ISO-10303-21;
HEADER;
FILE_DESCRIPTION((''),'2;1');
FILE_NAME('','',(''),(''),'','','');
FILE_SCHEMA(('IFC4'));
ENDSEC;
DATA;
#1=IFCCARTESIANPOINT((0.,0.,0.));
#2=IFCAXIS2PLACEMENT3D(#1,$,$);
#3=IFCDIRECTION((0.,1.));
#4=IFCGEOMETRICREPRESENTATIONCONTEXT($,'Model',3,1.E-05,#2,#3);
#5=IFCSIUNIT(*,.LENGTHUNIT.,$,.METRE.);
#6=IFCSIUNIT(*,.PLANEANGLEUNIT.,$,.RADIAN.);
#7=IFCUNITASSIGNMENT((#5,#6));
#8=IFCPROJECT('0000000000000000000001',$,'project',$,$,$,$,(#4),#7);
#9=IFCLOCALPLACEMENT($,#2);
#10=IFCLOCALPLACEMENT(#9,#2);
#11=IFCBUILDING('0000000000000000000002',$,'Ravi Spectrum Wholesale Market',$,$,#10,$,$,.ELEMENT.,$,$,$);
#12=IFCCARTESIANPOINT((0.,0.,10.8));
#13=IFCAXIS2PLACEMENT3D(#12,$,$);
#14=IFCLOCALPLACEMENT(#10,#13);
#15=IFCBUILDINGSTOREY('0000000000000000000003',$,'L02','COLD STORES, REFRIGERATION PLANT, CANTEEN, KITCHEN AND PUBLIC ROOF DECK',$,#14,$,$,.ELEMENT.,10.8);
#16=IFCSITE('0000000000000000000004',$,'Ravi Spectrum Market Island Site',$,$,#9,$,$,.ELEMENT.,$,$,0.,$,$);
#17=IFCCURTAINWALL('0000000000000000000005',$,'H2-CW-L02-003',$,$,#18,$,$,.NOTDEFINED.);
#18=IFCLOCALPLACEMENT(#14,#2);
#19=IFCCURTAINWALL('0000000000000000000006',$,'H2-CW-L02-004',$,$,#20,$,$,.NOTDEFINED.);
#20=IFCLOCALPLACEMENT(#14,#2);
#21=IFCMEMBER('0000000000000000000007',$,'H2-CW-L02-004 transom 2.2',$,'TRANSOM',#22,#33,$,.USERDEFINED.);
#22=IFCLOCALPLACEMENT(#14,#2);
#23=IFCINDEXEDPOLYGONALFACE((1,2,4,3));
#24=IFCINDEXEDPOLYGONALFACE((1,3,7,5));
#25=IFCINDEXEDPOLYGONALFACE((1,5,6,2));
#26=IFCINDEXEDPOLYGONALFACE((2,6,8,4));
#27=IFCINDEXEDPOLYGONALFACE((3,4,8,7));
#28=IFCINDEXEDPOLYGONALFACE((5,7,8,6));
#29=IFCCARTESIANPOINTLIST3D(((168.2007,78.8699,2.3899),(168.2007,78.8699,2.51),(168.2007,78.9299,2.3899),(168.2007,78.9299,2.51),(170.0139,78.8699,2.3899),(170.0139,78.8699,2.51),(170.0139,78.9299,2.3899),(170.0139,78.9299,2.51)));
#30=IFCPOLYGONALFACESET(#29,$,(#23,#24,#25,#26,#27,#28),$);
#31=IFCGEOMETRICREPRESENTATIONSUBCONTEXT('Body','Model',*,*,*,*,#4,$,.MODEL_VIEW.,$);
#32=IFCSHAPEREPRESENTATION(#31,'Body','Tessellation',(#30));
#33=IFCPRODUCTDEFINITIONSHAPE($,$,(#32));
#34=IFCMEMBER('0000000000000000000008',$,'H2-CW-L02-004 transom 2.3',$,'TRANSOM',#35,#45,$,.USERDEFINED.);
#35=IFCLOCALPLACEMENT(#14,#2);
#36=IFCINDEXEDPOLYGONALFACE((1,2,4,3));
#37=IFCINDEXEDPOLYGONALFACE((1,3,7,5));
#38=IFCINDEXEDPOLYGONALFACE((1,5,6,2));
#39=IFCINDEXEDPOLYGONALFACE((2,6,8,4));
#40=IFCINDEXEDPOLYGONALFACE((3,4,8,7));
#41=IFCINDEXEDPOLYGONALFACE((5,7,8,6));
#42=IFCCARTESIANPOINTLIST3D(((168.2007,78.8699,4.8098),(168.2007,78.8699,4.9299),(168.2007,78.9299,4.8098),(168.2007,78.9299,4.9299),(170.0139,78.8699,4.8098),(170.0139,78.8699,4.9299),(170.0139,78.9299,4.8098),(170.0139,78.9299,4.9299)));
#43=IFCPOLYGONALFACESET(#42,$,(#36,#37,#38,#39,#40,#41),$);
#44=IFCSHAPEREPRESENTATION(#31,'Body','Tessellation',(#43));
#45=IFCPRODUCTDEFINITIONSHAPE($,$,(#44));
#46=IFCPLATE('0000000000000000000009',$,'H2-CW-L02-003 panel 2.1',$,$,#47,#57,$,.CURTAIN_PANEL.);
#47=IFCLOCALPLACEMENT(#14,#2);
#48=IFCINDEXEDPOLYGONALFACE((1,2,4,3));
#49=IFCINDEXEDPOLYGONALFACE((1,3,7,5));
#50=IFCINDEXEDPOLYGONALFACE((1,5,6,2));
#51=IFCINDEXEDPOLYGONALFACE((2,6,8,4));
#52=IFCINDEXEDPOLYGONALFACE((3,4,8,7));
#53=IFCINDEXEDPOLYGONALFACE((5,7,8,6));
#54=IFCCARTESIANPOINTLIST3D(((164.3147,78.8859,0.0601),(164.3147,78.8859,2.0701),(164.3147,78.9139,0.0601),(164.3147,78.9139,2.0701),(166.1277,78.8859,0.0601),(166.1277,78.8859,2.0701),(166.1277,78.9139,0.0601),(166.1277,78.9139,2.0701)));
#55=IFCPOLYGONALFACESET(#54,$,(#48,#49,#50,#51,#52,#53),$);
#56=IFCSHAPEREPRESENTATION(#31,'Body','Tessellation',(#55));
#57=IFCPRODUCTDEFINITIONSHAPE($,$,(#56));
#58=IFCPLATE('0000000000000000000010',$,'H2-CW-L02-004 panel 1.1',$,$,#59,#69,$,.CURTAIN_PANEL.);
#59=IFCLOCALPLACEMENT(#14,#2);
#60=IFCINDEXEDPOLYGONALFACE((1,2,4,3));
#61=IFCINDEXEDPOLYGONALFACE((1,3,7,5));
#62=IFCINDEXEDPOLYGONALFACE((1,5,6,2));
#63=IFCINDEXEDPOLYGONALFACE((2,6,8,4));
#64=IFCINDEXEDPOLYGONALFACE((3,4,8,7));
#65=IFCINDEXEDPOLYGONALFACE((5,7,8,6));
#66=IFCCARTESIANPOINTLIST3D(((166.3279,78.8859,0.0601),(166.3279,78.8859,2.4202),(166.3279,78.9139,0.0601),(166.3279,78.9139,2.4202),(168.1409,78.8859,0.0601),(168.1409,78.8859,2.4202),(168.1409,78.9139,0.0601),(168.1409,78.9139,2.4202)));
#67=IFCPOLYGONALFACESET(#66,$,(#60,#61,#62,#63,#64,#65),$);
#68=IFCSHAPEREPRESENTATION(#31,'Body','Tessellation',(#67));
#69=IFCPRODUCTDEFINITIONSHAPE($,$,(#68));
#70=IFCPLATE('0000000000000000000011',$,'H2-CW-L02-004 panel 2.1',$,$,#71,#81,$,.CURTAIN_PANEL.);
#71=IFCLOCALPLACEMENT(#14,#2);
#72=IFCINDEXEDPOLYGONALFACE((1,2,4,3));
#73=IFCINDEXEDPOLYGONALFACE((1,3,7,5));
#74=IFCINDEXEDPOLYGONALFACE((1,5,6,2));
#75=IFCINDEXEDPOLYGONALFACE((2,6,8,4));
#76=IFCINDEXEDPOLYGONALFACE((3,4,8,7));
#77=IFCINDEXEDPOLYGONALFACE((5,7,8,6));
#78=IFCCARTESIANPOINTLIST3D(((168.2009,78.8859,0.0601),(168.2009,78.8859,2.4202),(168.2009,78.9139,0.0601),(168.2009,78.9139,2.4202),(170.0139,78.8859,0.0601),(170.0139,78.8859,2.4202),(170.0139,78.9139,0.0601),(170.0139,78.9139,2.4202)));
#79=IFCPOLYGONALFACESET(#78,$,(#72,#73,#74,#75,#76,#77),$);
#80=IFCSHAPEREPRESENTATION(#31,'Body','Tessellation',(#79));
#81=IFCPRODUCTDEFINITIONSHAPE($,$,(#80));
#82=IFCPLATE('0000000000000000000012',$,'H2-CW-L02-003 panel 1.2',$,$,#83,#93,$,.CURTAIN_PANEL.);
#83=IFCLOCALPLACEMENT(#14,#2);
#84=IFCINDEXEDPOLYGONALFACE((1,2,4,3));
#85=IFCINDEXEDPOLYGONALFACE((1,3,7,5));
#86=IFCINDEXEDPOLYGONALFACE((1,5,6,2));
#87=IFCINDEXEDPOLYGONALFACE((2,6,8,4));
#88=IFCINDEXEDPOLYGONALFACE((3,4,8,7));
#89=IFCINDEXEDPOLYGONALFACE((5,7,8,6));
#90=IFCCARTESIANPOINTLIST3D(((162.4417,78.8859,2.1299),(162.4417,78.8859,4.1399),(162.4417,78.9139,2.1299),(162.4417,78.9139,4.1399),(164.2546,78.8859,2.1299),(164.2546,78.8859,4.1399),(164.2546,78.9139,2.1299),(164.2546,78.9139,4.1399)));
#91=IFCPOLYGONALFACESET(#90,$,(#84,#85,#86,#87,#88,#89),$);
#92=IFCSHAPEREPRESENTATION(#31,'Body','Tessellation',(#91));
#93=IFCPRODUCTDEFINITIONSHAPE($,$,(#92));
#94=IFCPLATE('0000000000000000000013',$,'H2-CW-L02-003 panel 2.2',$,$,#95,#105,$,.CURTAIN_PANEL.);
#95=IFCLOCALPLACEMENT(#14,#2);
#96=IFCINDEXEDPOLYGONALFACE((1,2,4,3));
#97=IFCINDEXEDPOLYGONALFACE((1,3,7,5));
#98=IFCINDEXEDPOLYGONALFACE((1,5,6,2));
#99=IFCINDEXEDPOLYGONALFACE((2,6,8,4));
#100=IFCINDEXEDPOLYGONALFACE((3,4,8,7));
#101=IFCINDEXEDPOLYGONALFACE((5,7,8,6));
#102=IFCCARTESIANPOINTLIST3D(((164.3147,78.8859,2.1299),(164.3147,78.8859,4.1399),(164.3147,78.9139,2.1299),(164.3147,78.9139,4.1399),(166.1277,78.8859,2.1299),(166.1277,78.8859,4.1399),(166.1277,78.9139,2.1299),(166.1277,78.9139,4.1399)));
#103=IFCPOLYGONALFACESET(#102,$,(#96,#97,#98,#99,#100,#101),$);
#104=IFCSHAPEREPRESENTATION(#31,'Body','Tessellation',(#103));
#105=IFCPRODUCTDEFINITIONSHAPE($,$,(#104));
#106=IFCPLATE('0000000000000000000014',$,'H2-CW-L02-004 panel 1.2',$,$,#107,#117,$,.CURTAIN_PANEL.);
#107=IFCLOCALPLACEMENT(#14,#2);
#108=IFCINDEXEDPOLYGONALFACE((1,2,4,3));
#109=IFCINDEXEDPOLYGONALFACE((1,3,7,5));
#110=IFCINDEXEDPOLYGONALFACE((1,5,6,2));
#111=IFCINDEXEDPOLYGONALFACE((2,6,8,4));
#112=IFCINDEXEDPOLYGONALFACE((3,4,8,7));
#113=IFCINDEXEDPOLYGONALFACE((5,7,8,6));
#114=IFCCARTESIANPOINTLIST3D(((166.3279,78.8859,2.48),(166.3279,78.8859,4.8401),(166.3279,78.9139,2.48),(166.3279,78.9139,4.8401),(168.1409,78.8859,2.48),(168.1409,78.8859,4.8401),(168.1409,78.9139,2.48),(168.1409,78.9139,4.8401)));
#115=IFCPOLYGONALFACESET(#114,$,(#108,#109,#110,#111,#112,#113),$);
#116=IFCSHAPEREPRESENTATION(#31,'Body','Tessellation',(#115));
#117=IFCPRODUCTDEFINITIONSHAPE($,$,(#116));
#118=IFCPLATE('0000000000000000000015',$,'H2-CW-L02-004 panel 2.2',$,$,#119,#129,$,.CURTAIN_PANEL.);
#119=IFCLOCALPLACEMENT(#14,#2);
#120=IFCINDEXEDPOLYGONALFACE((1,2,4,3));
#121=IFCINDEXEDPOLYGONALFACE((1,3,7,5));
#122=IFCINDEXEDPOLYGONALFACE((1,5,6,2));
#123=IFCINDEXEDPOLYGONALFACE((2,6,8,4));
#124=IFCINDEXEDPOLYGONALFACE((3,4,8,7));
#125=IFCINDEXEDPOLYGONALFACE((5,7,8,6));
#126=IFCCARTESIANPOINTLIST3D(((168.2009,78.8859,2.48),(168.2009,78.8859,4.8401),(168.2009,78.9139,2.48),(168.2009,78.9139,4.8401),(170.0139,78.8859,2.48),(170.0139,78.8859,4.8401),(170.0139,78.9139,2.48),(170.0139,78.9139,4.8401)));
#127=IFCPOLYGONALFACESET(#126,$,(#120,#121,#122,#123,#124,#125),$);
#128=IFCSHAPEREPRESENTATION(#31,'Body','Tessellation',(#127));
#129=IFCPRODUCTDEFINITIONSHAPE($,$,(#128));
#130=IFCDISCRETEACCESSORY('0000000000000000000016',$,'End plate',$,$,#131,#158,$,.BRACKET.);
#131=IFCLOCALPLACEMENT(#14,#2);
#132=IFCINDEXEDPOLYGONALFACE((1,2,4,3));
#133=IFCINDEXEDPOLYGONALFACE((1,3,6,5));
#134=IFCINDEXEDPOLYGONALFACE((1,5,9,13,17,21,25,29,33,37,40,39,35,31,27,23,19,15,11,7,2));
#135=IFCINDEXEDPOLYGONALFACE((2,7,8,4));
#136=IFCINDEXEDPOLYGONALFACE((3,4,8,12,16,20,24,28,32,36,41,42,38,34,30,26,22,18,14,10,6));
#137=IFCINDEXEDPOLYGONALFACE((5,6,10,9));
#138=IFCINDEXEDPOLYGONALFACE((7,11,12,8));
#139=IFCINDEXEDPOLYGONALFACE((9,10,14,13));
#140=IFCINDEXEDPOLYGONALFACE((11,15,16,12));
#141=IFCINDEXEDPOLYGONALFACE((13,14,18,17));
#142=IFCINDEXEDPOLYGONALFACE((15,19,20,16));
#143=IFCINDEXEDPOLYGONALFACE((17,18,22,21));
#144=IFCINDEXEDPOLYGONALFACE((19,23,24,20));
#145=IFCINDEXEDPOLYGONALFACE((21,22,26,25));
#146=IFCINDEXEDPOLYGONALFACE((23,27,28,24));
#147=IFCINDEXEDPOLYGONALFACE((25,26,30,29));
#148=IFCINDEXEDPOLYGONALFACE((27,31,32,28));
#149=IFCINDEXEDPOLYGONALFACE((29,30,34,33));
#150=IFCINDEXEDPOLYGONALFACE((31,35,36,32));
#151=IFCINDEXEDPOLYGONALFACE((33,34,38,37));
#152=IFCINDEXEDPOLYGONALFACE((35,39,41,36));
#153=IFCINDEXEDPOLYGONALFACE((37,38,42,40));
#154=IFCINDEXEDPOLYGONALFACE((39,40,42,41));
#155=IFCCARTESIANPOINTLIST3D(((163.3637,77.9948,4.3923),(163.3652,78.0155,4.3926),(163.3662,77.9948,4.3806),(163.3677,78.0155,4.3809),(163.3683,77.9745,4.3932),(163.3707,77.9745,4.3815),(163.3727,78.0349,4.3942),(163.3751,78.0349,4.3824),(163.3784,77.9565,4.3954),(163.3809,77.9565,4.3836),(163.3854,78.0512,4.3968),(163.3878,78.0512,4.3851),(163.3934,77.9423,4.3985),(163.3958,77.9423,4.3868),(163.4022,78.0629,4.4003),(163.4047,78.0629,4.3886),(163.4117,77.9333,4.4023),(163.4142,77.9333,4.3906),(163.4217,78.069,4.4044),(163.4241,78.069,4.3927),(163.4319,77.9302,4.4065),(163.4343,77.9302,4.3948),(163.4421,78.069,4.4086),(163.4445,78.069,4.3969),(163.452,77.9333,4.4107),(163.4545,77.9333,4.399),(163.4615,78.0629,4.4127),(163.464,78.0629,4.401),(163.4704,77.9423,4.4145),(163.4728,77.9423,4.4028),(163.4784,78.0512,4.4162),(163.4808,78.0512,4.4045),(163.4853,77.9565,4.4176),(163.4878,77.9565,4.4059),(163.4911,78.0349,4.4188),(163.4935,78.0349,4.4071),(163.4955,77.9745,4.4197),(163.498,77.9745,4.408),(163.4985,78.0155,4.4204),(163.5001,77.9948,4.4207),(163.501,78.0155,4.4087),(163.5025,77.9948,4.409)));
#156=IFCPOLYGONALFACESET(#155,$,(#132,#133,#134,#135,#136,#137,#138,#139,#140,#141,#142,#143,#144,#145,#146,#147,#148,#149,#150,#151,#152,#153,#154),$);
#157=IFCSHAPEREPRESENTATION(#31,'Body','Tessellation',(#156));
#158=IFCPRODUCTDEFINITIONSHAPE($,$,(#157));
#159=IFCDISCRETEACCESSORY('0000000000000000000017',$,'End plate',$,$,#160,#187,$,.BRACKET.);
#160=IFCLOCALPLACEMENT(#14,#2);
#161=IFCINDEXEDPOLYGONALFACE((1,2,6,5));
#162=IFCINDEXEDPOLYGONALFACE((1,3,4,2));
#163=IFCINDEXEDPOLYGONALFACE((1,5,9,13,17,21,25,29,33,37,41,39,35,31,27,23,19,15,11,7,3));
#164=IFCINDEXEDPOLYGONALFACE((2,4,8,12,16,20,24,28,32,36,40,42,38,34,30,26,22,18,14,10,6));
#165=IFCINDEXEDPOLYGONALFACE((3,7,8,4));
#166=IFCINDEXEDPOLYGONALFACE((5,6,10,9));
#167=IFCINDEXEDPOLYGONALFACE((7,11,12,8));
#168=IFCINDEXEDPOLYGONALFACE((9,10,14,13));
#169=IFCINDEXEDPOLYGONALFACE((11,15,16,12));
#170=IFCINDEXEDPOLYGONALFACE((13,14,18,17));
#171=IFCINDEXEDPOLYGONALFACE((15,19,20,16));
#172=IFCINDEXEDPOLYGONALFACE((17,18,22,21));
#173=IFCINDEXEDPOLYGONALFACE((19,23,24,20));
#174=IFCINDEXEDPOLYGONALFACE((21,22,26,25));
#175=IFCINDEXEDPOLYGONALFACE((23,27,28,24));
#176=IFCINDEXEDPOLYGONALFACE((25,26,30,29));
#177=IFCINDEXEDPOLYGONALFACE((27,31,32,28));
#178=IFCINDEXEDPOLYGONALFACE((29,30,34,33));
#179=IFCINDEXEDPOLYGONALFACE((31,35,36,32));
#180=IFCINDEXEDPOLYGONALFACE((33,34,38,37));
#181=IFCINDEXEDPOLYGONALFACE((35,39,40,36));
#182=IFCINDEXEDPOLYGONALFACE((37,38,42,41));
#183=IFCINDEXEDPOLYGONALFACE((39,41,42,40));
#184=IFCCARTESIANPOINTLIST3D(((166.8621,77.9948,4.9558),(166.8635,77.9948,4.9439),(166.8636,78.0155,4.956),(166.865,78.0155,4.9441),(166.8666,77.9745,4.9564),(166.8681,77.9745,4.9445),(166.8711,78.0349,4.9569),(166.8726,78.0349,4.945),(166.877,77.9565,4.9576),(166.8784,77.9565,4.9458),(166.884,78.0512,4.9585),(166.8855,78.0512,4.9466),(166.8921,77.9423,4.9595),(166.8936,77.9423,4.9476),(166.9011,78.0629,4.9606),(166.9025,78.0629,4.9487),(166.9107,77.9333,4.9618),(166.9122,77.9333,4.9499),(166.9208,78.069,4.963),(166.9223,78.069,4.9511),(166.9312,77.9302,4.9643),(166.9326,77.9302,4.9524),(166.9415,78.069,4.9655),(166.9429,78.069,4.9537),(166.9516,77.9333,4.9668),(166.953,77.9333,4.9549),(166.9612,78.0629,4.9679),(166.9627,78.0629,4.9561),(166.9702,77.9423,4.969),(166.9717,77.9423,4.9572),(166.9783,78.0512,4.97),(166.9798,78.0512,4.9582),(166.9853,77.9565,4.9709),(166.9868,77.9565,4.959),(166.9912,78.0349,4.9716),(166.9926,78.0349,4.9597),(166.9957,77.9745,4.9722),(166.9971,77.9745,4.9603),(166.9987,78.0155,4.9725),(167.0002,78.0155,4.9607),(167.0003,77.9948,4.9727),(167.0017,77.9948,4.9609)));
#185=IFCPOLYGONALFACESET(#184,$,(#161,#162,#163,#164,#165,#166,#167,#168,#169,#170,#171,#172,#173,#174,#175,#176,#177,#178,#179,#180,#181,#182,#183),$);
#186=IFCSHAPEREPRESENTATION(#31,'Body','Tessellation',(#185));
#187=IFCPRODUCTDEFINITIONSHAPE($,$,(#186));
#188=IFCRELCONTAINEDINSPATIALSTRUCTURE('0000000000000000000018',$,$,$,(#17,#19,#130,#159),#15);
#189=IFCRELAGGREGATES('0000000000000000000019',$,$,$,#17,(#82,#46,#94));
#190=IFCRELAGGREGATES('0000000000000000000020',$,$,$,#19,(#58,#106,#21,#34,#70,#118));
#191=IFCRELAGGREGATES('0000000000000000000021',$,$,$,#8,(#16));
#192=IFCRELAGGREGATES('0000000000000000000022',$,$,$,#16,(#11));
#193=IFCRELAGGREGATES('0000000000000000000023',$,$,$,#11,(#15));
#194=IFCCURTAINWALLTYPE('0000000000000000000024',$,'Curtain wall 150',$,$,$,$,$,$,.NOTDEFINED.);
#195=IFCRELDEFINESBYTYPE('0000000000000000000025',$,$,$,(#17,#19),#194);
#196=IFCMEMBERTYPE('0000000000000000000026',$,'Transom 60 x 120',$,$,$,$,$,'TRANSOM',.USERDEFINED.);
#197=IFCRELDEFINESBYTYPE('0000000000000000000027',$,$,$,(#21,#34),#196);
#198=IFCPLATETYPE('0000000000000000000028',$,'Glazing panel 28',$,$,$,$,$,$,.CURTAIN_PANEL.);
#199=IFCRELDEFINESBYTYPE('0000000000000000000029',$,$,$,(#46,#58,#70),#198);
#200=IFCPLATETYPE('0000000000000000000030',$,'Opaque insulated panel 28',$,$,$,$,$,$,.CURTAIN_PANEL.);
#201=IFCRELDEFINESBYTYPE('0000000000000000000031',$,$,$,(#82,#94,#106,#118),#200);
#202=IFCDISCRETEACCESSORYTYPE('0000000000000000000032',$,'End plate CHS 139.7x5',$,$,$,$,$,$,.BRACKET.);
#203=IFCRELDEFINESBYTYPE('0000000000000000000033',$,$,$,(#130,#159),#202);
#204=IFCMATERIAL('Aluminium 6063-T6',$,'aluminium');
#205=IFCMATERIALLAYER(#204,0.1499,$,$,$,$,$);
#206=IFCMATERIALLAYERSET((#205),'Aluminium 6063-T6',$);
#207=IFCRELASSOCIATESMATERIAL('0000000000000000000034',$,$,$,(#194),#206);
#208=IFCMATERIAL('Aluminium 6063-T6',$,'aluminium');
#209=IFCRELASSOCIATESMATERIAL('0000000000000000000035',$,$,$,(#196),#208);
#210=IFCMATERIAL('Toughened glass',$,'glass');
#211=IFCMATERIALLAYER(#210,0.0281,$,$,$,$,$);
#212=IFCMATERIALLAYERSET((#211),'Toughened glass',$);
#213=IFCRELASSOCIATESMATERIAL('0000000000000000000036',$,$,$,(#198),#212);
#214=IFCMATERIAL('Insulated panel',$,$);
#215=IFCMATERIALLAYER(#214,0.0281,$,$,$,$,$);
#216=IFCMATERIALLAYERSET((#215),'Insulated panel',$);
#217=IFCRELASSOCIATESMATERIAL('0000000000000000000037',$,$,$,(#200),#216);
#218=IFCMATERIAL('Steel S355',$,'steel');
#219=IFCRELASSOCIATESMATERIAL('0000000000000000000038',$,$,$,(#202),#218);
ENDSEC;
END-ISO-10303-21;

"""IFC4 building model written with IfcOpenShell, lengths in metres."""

from ifc_helpers import new_model, si_unit, direction, frame, origin, origin_2d, place, context, subcontext, project, spatial, rectangle, circle, extrude, material, layer, layer_set, material_profile, profile_set, type_object, element, aggregate, save


model = new_model("IFC4")

# Units and contexts
model_context = context("Model", 3, precision=1e-05, world=origin(), true_north=direction((0.0, 1.0)))
body_context = subcontext(model_context, "Body", "Model", "MODEL_VIEW")
ifc_project = project(units=[si_unit("LENGTHUNIT", "METRE"), si_unit("PLANEANGLEUNIT", "RADIAN")], contexts=[model_context])

# Site, building, storey
site_placement = place(None, origin())
site = spatial("IfcSite", under=ifc_project, at=site_placement, Name="Ravi Spectrum Market Island Site", CompositionType="ELEMENT", RefElevation=0.0)
building_placement = place(site_placement, origin())
building = spatial("IfcBuilding", under=site, at=building_placement, Name="Ravi Spectrum Wholesale Market", CompositionType="ELEMENT")
storey_placement = place(building_placement, frame((0.0, 0.0, 10.8)))
storey = spatial("IfcBuildingStorey", under=building, at=storey_placement, Name="L02", Description="COLD STORES, REFRIGERATION PLANT, CANTEEN, KITCHEN AND PUBLIC ROOF DECK", CompositionType="ELEMENT", Elevation=10.8)

# Curtain walls
ifc_material_1 = material(Name="Aluminium 6063-T6", Category="aluminium")
ifc_layer_1 = layer(ifc_material_1, 0.1499)
ifc_layer_set_1 = layer_set([ifc_layer_1], Name="Aluminium 6063-T6")
curtain_wall_type = type_object("IfcCurtainWallType", Name="Curtain wall 150", PredefinedType="NOTDEFINED", material=ifc_layer_set_1)
curtain_wall_1_placement = place(storey_placement, origin())
curtain_wall_1 = element("IfcCurtainWall", 1, at=curtain_wall_1_placement, inside=storey, type_object=curtain_wall_type, Name="H2-CW-L02-003", PredefinedType="NOTDEFINED")
curtain_wall_2_placement = place(storey_placement, origin())
curtain_wall_2 = element("IfcCurtainWall", 2, at=curtain_wall_2_placement, inside=storey, type_object=curtain_wall_type, Name="H2-CW-L02-004", PredefinedType="NOTDEFINED")

# Members
ifc_material_2 = material(Name="Aluminium 6063-T6", Category="aluminium")
ifc_material_profile_1 = material_profile(ifc_material_2, rectangle(XDim=0.0601, YDim=0.1201, at=origin_2d()))
ifc_profile_set_1 = profile_set([ifc_material_profile_1], Name="Aluminium 6063-T6")
member_type_1 = type_object("IfcMemberType", Name="Transom 60 x 120", ElementType="TRANSOM", PredefinedType="USERDEFINED", material=ifc_profile_set_1)
member_1_placement = place(storey_placement, frame((168.2007, 78.8999, 2.45), z_axis=(1.0, 0.0, 0.0), x_axis=(0.0, 1.0, 0.0)))
member_1 = element("IfcMember", 3, at=member_1_placement, type_object=member_type_1, Name="H2-CW-L02-004 transom 2.2", ObjectType="TRANSOM", PredefinedType="USERDEFINED", context=body_context, shape_type="SweptSolid", body=[
    extrude(rectangle(XDim=0.0601, YDim=0.1201, at=origin_2d()), origin(), (0.0, 0.0, 1.0), 1.8132),
])
member_2_placement = place(storey_placement, frame((168.2007, 78.8999, 4.8699), z_axis=(1.0, 0.0, 0.0), x_axis=(0.0, 1.0, 0.0)))
member_2 = element("IfcMember", 4, at=member_2_placement, type_object=member_type_1, Name="H2-CW-L02-004 transom 2.3", ObjectType="TRANSOM", PredefinedType="USERDEFINED", context=body_context, shape_type="SweptSolid", body=[
    extrude(rectangle(XDim=0.0601, YDim=0.1201, at=origin_2d()), origin(), (0.0, 0.0, 1.0), 1.8132),
])

# Plates
ifc_material_3 = material(Name="Toughened glass", Category="glass")
ifc_layer_2 = layer(ifc_material_3, 0.0281)
ifc_layer_set_2 = layer_set([ifc_layer_2], Name="Toughened glass")
plate_type_1 = type_object("IfcPlateType", Name="Glazing panel 28", PredefinedType="CURTAIN_PANEL", material=ifc_layer_set_2)
plate_1_placement = place(storey_placement, frame((165.2212, 78.8999, 0.0601), z_axis=(0.0, 0.0, 1.0), x_axis=(1.0, 0.0, 0.0)))
plate_1 = element("IfcPlate", 5, at=plate_1_placement, type_object=plate_type_1, Name="H2-CW-L02-003 panel 2.1", PredefinedType="CURTAIN_PANEL", context=body_context, shape_type="SweptSolid", body=[
    extrude(rectangle(XDim=1.813, YDim=0.0281, at=origin_2d()), origin(), (0.0, 0.0, 1.0), 2.01),
])
plate_2_placement = place(storey_placement, frame((167.2344, 78.8999, 0.0601), z_axis=(0.0, 0.0, 1.0), x_axis=(1.0, 0.0, 0.0)))
plate_2 = element("IfcPlate", 6, at=plate_2_placement, type_object=plate_type_1, Name="H2-CW-L02-004 panel 1.1", PredefinedType="CURTAIN_PANEL", context=body_context, shape_type="SweptSolid", body=[
    extrude(rectangle(XDim=1.813, YDim=0.0281, at=origin_2d()), origin(), (0.0, 0.0, 1.0), 2.3601),
])
plate_3_placement = place(storey_placement, frame((169.1074, 78.8999, 0.0601), z_axis=(0.0, 0.0, 1.0), x_axis=(1.0, 0.0, 0.0)))
plate_3 = element("IfcPlate", 7, at=plate_3_placement, type_object=plate_type_1, Name="H2-CW-L02-004 panel 2.1", PredefinedType="CURTAIN_PANEL", context=body_context, shape_type="SweptSolid", body=[
    extrude(rectangle(XDim=1.813, YDim=0.0281, at=origin_2d()), origin(), (0.0, 0.0, 1.0), 2.3601),
])
ifc_material_4 = material(Name="Insulated panel")
ifc_layer_3 = layer(ifc_material_4, 0.0281)
ifc_layer_set_3 = layer_set([ifc_layer_3], Name="Insulated panel")
plate_type_2 = type_object("IfcPlateType", Name="Opaque insulated panel 28", PredefinedType="CURTAIN_PANEL", material=ifc_layer_set_3)
plate_4_placement = place(storey_placement, frame((163.3481, 78.8999, 2.1299), z_axis=(0.0, 0.0, 1.0), x_axis=(1.0, 0.0, 0.0)))
plate_4 = element("IfcPlate", 8, at=plate_4_placement, type_object=plate_type_2, Name="H2-CW-L02-003 panel 1.2", PredefinedType="CURTAIN_PANEL", context=body_context, shape_type="SweptSolid", body=[
    extrude(rectangle(XDim=1.813, YDim=0.0281, at=origin_2d()), origin(), (0.0, 0.0, 1.0), 2.01),
])
plate_5_placement = place(storey_placement, frame((165.2212, 78.8999, 2.1299), z_axis=(0.0, 0.0, 1.0), x_axis=(1.0, 0.0, 0.0)))
plate_5 = element("IfcPlate", 9, at=plate_5_placement, type_object=plate_type_2, Name="H2-CW-L02-003 panel 2.2", PredefinedType="CURTAIN_PANEL", context=body_context, shape_type="SweptSolid", body=[
    extrude(rectangle(XDim=1.813, YDim=0.0281, at=origin_2d()), origin(), (0.0, 0.0, 1.0), 2.01),
])
aggregate(curtain_wall_1, [plate_4, plate_1, plate_5])
plate_6_placement = place(storey_placement, frame((167.2344, 78.8999, 2.48), z_axis=(0.0, 0.0, 1.0), x_axis=(1.0, 0.0, 0.0)))
plate_6 = element("IfcPlate", 10, at=plate_6_placement, type_object=plate_type_2, Name="H2-CW-L02-004 panel 1.2", PredefinedType="CURTAIN_PANEL", context=body_context, shape_type="SweptSolid", body=[
    extrude(rectangle(XDim=1.813, YDim=0.0281, at=origin_2d()), origin(), (0.0, 0.0, 1.0), 2.3601),
])
plate_7_placement = place(storey_placement, frame((169.1074, 78.8999, 2.48), z_axis=(0.0, 0.0, 1.0), x_axis=(1.0, 0.0, 0.0)))
plate_7 = element("IfcPlate", 11, at=plate_7_placement, type_object=plate_type_2, Name="H2-CW-L02-004 panel 2.2", PredefinedType="CURTAIN_PANEL", context=body_context, shape_type="SweptSolid", body=[
    extrude(rectangle(XDim=1.813, YDim=0.0281, at=origin_2d()), origin(), (0.0, 0.0, 1.0), 2.3601),
])
aggregate(curtain_wall_2, [plate_2, plate_6, member_1, member_2, plate_3, plate_7])

# Discrete accessories
ifc_material_5 = material(Name="Steel S355", Category="steel")
ifc_material_profile_2 = material_profile(ifc_material_5, circle(Radius=0.0698, at=origin_2d()))
ifc_profile_set_2 = profile_set([ifc_material_profile_2], Name="Steel S355")
discrete_accessory_type_1 = type_object("IfcDiscreteAccessoryType", Name="End plate CHS 139.7x5", PredefinedType="BRACKET", material=ifc_profile_set_2)
for number, where, z_axis, x_axis, name in (
    (12, (163.4343, 78.0, 4.3948), (-0.203954, 0.0, 0.97898), (0.0, -1.0, 0.0), "End plate"),
    (13, (166.9326, 78.0, 4.9524), (-0.121541, 0.0, 0.992586), (0.0, -1.0, 0.0), "End plate"),
):
    element("IfcDiscreteAccessory", number, at=place(storey_placement, frame(where, z_axis=z_axis, x_axis=x_axis)), inside=storey, type_object=discrete_accessory_type_1, Name=name, PredefinedType="BRACKET", context=body_context, shape_type="SweptSolid", body=[
        extrude(circle(Radius=0.0698, at=origin_2d()), origin(), (0.0, 0.0, 1.0), 0.012),
    ])

save(model, "model.ifc")
